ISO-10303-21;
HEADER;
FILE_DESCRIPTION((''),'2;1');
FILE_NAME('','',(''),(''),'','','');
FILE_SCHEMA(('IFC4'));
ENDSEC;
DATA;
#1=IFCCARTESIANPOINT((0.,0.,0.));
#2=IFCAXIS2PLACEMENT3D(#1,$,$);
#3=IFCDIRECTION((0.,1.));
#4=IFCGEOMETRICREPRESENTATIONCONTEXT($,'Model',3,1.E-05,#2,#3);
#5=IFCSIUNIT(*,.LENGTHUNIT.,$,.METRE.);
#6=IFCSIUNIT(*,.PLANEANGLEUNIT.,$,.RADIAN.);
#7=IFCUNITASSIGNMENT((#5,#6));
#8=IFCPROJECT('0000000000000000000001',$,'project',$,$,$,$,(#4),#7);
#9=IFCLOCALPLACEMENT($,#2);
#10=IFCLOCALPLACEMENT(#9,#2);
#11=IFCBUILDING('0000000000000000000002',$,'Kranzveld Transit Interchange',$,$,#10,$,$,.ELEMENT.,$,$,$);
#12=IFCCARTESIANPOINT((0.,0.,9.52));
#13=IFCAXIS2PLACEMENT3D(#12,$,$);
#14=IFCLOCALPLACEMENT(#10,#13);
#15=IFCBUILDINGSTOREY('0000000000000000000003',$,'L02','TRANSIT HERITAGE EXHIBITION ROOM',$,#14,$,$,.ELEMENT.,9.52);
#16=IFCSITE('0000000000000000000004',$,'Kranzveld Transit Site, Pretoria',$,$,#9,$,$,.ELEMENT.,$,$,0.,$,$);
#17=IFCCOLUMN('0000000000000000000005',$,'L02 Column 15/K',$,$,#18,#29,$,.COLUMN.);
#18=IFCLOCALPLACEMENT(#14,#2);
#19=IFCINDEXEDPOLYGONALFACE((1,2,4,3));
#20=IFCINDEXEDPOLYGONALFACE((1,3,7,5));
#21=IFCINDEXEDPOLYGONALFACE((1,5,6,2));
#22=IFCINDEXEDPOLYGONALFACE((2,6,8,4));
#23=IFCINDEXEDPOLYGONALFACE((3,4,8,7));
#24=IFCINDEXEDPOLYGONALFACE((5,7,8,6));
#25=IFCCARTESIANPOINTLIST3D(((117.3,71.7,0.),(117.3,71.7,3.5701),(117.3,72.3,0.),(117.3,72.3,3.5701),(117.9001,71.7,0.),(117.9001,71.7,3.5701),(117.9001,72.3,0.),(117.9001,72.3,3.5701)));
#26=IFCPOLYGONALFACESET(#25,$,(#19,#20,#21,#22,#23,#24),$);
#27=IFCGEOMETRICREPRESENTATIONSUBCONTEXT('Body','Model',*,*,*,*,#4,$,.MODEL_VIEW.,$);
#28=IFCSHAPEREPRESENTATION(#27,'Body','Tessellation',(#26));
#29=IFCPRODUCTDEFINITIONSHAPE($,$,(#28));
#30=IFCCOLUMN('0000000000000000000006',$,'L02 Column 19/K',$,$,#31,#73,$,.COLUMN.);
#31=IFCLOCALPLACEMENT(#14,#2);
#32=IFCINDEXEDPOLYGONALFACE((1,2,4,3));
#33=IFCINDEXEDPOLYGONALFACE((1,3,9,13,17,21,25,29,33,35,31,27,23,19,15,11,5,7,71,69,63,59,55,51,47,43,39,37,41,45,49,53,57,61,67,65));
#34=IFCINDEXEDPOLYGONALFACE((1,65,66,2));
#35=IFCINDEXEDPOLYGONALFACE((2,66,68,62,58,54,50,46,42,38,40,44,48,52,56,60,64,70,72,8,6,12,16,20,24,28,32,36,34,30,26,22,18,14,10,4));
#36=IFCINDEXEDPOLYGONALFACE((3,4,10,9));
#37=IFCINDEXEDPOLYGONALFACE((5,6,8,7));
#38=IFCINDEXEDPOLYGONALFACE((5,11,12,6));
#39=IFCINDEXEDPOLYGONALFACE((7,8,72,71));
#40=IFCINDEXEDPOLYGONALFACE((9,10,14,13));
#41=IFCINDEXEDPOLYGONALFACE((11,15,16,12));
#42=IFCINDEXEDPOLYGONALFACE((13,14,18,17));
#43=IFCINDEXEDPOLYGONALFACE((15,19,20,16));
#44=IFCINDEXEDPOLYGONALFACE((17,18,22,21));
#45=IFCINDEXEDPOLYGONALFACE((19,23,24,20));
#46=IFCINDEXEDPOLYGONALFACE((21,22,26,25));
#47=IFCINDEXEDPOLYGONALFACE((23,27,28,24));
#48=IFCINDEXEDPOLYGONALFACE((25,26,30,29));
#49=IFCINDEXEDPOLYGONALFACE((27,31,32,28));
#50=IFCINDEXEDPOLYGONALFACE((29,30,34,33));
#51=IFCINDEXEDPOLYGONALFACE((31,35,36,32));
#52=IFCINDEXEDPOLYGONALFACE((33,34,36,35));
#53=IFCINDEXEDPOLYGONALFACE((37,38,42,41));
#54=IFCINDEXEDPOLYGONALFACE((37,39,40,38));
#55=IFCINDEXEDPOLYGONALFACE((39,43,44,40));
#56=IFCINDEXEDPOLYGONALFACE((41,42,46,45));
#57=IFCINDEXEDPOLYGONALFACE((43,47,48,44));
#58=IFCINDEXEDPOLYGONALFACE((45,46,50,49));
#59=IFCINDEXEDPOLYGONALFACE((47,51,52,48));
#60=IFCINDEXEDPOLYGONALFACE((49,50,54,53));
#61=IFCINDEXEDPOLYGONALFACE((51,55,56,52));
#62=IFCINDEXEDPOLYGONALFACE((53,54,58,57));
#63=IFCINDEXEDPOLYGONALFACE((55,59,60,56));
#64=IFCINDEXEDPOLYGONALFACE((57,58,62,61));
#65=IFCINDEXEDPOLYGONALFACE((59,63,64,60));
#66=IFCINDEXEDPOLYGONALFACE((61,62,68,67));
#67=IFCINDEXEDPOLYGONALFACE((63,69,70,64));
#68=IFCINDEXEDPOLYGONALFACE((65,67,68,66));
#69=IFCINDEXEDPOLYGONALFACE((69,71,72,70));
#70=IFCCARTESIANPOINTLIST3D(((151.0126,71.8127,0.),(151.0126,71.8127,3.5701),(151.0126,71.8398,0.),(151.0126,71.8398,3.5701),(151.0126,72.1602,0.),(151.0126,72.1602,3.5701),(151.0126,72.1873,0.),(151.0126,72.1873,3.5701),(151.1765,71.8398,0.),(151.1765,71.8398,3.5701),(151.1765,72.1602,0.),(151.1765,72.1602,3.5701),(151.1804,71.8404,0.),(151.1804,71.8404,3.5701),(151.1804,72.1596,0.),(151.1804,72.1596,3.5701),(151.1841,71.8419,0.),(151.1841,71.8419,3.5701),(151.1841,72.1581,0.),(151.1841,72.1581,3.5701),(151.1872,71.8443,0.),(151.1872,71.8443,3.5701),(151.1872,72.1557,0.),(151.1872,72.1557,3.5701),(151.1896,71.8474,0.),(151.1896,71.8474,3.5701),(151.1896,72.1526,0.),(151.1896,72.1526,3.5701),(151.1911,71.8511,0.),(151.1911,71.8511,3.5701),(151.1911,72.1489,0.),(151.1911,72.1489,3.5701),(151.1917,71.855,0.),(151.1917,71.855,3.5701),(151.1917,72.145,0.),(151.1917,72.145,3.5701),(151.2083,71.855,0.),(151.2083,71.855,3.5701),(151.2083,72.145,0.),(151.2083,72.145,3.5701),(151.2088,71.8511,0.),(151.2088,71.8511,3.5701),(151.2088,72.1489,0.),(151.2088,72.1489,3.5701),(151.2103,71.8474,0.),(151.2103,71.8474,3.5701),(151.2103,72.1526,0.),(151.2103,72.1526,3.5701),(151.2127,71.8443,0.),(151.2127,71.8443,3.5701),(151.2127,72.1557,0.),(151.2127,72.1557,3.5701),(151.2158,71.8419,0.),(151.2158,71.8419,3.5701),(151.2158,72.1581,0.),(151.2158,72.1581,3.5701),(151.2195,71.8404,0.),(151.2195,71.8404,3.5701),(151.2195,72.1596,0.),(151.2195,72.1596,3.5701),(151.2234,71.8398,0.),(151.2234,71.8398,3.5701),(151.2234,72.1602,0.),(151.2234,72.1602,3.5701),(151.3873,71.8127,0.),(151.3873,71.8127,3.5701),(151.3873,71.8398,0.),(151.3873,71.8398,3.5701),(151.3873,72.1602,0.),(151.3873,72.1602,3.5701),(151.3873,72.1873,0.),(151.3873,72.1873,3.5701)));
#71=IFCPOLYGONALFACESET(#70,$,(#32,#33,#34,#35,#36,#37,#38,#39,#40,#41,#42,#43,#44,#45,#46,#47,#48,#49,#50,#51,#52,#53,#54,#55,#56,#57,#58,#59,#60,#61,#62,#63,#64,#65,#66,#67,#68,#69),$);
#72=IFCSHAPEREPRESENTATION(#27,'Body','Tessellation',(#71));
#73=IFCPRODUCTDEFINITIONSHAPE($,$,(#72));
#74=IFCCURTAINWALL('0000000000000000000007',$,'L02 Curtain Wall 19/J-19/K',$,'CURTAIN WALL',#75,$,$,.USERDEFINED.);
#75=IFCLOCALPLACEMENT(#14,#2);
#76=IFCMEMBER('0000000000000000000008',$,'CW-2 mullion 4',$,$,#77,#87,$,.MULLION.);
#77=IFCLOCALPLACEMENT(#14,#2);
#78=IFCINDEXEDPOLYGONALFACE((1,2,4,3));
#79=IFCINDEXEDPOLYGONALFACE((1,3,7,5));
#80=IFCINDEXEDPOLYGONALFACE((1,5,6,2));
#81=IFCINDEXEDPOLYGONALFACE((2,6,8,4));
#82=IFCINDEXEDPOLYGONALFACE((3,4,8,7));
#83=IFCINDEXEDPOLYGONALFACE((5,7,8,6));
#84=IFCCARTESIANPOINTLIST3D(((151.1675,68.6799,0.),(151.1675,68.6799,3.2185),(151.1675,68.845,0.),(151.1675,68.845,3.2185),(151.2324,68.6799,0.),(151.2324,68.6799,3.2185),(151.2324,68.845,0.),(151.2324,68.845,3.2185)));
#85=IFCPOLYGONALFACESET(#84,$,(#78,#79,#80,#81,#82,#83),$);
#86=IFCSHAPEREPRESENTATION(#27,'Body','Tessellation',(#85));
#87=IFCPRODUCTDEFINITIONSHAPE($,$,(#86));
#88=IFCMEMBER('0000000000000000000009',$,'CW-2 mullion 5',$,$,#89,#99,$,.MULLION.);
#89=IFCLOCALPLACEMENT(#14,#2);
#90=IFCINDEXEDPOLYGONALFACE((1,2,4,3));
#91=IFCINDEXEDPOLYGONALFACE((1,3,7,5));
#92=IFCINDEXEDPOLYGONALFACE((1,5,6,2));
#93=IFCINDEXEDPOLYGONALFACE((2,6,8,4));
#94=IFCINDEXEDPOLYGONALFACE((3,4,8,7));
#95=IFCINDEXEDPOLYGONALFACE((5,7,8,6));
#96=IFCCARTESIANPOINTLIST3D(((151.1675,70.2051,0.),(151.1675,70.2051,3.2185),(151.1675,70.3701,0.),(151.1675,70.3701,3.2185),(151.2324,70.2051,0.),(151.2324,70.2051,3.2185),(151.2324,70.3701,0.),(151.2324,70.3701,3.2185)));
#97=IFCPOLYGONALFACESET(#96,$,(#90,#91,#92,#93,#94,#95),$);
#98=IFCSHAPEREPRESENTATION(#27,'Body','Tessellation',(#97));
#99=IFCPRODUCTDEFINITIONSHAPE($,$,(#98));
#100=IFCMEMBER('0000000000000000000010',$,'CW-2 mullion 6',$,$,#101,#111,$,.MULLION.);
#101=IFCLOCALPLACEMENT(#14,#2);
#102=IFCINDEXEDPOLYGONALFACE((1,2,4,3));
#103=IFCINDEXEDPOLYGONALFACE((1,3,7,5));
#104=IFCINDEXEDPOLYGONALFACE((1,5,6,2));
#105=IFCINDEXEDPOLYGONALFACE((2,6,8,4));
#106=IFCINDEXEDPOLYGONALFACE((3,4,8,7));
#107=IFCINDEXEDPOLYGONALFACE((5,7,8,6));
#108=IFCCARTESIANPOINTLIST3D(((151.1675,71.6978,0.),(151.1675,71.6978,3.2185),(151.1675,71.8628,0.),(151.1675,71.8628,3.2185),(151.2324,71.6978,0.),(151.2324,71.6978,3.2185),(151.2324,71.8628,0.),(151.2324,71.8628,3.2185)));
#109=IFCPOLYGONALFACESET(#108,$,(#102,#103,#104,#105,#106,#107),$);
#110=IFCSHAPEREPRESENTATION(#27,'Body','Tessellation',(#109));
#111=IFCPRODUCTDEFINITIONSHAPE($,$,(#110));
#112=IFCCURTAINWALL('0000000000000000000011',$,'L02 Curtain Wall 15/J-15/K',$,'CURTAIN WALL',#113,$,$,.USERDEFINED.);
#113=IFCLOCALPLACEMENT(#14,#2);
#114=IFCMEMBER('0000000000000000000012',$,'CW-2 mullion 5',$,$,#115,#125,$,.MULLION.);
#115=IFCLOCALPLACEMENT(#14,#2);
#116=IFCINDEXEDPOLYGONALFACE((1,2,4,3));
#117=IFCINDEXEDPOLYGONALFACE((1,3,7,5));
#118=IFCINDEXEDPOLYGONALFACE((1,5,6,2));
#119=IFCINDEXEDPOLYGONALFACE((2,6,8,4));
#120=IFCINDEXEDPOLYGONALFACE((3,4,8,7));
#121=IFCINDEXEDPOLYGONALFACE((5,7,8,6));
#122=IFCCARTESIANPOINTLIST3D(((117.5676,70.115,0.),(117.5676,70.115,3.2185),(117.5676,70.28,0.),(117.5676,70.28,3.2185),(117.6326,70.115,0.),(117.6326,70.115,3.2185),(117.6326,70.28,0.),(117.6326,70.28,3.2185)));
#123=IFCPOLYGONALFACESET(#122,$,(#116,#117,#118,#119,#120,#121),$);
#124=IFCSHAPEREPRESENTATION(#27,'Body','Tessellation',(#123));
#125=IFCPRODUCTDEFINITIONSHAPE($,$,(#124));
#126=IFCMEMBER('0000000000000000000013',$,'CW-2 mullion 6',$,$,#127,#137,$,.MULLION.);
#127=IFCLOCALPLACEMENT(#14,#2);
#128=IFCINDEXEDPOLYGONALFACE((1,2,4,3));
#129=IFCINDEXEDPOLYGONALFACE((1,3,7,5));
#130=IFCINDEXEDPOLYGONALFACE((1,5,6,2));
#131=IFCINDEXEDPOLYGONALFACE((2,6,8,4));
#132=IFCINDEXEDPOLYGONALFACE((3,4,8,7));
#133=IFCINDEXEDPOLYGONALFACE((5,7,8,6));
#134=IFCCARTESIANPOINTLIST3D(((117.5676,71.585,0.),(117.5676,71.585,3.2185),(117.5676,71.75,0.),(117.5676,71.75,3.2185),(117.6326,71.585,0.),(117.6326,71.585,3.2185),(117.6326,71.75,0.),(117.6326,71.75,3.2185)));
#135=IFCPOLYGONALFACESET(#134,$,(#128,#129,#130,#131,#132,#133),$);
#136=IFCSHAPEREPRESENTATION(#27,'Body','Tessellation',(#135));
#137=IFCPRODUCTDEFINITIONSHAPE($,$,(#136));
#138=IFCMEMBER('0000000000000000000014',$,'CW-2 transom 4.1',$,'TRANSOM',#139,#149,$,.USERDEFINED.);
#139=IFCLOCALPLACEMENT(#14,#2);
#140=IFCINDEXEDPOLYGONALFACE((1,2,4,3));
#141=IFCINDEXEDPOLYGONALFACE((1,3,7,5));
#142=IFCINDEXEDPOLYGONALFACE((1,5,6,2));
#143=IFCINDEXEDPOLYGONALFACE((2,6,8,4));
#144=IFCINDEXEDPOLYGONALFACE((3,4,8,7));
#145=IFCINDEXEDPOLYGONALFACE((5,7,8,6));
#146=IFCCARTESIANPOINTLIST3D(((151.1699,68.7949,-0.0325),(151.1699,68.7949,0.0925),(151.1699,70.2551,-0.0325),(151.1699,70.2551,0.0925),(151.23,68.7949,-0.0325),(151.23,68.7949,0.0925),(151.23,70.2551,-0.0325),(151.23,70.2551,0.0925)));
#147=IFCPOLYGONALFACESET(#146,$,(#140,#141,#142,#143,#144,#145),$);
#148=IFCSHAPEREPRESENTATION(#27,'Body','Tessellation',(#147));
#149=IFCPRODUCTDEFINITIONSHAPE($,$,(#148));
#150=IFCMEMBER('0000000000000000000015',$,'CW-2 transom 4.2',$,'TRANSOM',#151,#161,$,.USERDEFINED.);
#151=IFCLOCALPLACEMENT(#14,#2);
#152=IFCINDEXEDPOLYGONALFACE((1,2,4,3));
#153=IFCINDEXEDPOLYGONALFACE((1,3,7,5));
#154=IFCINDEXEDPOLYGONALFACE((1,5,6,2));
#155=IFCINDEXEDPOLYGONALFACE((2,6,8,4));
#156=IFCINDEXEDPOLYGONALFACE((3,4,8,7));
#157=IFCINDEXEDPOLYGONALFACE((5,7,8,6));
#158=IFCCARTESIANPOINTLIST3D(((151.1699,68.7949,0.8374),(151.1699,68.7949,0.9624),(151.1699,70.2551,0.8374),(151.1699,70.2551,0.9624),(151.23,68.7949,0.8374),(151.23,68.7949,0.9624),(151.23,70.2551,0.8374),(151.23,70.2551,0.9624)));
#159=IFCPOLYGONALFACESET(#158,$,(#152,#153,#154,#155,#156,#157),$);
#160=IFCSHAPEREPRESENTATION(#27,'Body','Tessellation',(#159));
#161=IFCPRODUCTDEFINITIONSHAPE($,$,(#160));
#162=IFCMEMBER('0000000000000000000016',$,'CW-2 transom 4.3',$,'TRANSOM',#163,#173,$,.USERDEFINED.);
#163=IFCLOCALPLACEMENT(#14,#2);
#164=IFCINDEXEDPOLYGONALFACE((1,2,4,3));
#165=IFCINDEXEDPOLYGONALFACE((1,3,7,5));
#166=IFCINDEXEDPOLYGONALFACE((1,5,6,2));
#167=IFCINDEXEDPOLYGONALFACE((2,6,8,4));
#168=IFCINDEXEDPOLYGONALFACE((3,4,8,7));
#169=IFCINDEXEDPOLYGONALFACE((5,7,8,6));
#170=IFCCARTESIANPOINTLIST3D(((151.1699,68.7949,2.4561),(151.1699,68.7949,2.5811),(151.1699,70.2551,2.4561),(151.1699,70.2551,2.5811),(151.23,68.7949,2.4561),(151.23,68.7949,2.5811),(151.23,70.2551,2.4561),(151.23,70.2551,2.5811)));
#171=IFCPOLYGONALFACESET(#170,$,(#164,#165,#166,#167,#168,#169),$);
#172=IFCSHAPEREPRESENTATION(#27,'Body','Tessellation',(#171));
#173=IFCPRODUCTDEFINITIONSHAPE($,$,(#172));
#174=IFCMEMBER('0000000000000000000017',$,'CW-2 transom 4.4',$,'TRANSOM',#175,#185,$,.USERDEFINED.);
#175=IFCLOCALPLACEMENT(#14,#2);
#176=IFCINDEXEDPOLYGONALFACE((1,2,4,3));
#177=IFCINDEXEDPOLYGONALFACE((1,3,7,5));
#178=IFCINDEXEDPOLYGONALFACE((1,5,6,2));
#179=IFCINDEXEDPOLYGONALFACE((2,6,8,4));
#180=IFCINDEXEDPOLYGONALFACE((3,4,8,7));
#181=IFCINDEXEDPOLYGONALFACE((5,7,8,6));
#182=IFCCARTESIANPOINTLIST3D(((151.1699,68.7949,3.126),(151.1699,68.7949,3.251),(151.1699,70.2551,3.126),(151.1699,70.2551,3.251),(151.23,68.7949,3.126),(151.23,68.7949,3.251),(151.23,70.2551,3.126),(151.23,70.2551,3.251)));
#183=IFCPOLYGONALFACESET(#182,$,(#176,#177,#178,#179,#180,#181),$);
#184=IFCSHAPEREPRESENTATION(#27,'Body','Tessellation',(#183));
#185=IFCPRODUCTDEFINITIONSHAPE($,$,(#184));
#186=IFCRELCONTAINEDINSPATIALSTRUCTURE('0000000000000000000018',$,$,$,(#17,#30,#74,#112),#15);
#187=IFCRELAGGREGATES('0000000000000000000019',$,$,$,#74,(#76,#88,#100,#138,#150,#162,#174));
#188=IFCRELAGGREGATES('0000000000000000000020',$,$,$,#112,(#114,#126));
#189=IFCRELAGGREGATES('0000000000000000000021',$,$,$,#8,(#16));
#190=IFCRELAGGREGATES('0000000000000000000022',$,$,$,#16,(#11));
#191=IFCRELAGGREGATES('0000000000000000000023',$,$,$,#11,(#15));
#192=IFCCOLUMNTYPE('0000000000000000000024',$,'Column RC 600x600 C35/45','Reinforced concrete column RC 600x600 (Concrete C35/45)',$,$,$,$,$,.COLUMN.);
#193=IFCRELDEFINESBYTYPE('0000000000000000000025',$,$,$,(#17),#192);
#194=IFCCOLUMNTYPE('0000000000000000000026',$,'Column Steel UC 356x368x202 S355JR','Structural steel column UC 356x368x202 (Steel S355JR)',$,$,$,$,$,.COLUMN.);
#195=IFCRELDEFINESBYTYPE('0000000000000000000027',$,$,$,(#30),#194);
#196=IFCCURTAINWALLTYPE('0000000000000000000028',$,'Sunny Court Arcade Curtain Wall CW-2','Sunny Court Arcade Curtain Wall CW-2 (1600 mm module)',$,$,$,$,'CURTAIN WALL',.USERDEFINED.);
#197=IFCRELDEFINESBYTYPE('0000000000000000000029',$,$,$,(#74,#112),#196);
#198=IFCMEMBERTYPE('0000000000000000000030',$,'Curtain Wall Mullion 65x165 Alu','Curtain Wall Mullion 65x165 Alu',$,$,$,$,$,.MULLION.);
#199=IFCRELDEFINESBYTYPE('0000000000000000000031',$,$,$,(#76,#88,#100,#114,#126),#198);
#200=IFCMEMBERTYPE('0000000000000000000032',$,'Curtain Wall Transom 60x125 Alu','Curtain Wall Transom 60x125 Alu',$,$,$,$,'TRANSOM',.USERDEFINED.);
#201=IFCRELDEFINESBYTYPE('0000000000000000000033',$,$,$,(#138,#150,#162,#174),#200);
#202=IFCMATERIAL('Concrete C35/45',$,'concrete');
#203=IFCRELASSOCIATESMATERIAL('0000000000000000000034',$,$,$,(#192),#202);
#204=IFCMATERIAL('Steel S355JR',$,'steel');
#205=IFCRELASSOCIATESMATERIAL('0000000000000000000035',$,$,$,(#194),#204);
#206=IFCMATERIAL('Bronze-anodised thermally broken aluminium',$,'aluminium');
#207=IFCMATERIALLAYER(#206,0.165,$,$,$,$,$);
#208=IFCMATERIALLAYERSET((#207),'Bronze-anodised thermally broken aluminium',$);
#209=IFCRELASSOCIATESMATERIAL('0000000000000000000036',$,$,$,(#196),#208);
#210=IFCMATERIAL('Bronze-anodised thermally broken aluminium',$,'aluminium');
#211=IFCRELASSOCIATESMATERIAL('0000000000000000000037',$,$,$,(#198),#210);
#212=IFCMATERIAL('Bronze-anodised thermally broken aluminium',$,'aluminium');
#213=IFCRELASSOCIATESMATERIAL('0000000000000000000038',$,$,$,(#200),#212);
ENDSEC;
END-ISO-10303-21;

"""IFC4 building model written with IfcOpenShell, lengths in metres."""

from ifc_helpers import new_model, si_unit, direction, frame, origin, origin_2d, place, context, subcontext, project, spatial, rectangle, i_section, extrude, material, layer, layer_set, material_profile, profile_set, type_object, element, aggregate, save


model = new_model("IFC4")

# Units and contexts
model_context = context("Model", 3, precision=1e-05, world=origin(), true_north=direction((0.0, 1.0)))
body_context = subcontext(model_context, "Body", "Model", "MODEL_VIEW")
ifc_project = project(units=[si_unit("LENGTHUNIT", "METRE"), si_unit("PLANEANGLEUNIT", "RADIAN")], contexts=[model_context])

# Site, building, storey
site_placement = place(None, origin())
site = spatial("IfcSite", under=ifc_project, at=site_placement, Name="Kranzveld Transit Site, Pretoria", CompositionType="ELEMENT", RefElevation=0.0)
building_placement = place(site_placement, origin())
building = spatial("IfcBuilding", under=site, at=building_placement, Name="Kranzveld Transit Interchange", CompositionType="ELEMENT")
storey_placement = place(building_placement, frame((0.0, 0.0, 9.52)))
storey = spatial("IfcBuildingStorey", under=building, at=storey_placement, Name="L02", Description="TRANSIT HERITAGE EXHIBITION ROOM", CompositionType="ELEMENT", Elevation=9.52)

# Columns
ifc_material_1 = material(Name="Concrete C35/45", Category="concrete")
ifc_material_profile_1 = material_profile(ifc_material_1, rectangle(XDim=0.6001, YDim=0.6001, at=origin_2d()), Name="RC 600x600")
ifc_profile_set_1 = profile_set([ifc_material_profile_1], Name="Concrete C35/45")
column_type_1 = type_object("IfcColumnType", Name="Column RC 600x600 C35/45", Description="Reinforced concrete column RC 600x600 (Concrete C35/45)", PredefinedType="COLUMN", material=ifc_profile_set_1)
column_1_placement = place(storey_placement, frame((117.6001, 72.0, 0.0), z_axis=(0.0, 0.0, 1.0), x_axis=(1.0, 0.0, 0.0)))
element("IfcColumn", 1, at=column_1_placement, inside=storey, type_object=column_type_1, Name="L02 Column 15/K", PredefinedType="COLUMN", context=body_context, shape_type="SweptSolid", body=[
    extrude(rectangle(XDim=0.6001, YDim=0.6001, at=origin_2d()), origin(), (0.0, 0.0, 1.0), 3.5701),
])
ifc_material_2 = material(Name="Steel S355JR", Category="steel")
ifc_material_profile_2 = material_profile(ifc_material_2, i_section(OverallWidth=0.3748, OverallDepth=0.3745, WebThickness=0.0166, FlangeThickness=0.0271, FilletRadius=0.0151, at=origin_2d()), Name="UC 356x368x202")
ifc_profile_set_2 = profile_set([ifc_material_profile_2], Name="Steel S355JR")
column_type_2 = type_object("IfcColumnType", Name="Column Steel UC 356x368x202 S355JR", Description="Structural steel column UC 356x368x202 (Steel S355JR)", PredefinedType="COLUMN", material=ifc_profile_set_2)
column_2_placement = place(storey_placement, frame((151.2, 72.0, 0.0), z_axis=(0.0, 0.0, 1.0), x_axis=(1.0, 0.0, 0.0)))
element("IfcColumn", 2, at=column_2_placement, inside=storey, type_object=column_type_2, Name="L02 Column 19/K", PredefinedType="COLUMN", context=body_context, shape_type="SweptSolid", body=[
    extrude(i_section(OverallWidth=0.3748, OverallDepth=0.3745, WebThickness=0.0166, FlangeThickness=0.0271, FilletRadius=0.0151, at=origin_2d()), origin(), (0.0, 0.0, 1.0), 3.5701),
])

# Curtain walls, members
ifc_material_3 = material(Name="Bronze-anodised thermally broken aluminium", Category="aluminium")
ifc_layer_1 = layer(ifc_material_3, 0.165)
ifc_layer_set_1 = layer_set([ifc_layer_1], Name="Bronze-anodised thermally broken aluminium")
curtain_wall_type = type_object("IfcCurtainWallType", Name="Sunny Court Arcade Curtain Wall CW-2", Description="Sunny Court Arcade Curtain Wall CW-2 (1600 mm module)", ElementType="CURTAIN WALL", PredefinedType="USERDEFINED", material=ifc_layer_set_1)
curtain_wall_1_placement = place(storey_placement, origin())
curtain_wall_1 = element("IfcCurtainWall", 3, at=curtain_wall_1_placement, inside=storey, type_object=curtain_wall_type, Name="L02 Curtain Wall 19/J-19/K", ObjectType="CURTAIN WALL", PredefinedType="USERDEFINED")
ifc_material_4 = material(Name="Bronze-anodised thermally broken aluminium", Category="aluminium")
ifc_material_profile_3 = material_profile(ifc_material_4, rectangle(XDim=0.0649, YDim=0.165, at=origin_2d()), Name="ALU MULLION 65x165")
ifc_profile_set_3 = profile_set([ifc_material_profile_3], Name="Bronze-anodised thermally broken aluminium")
member_type_1 = type_object("IfcMemberType", Name="Curtain Wall Mullion 65x165 Alu", Description="Curtain Wall Mullion 65x165 Alu", PredefinedType="MULLION", material=ifc_profile_set_3)
member_1_placement = place(storey_placement, frame((151.2, 68.7625, 0.0), z_axis=(0.0, 0.0, 1.0), x_axis=(-1.0, 0.0, 0.0)))
member_1 = element("IfcMember", 4, at=member_1_placement, type_object=member_type_1, Name="CW-2 mullion 4", PredefinedType="MULLION", context=body_context, shape_type="SweptSolid", body=[
    extrude(rectangle(XDim=0.0649, YDim=0.165, at=origin_2d()), origin(), (0.0, 0.0, 1.0), 3.2185),
])
member_2_placement = place(storey_placement, frame((151.2, 70.2876, 0.0), z_axis=(0.0, 0.0, 1.0), x_axis=(-1.0, 0.0, 0.0)))
member_2 = element("IfcMember", 5, at=member_2_placement, type_object=member_type_1, Name="CW-2 mullion 5", PredefinedType="MULLION", context=body_context, shape_type="SweptSolid", body=[
    extrude(rectangle(XDim=0.0649, YDim=0.165, at=origin_2d()), origin(), (0.0, 0.0, 1.0), 3.2185),
])
member_3_placement = place(storey_placement, frame((151.2, 71.7803, 0.0), z_axis=(0.0, 0.0, 1.0), x_axis=(-1.0, 0.0, 0.0)))
member_3 = element("IfcMember", 6, at=member_3_placement, type_object=member_type_1, Name="CW-2 mullion 6", PredefinedType="MULLION", context=body_context, shape_type="SweptSolid", body=[
    extrude(rectangle(XDim=0.0649, YDim=0.165, at=origin_2d()), origin(), (0.0, 0.0, 1.0), 3.2185),
])
curtain_wall_2_placement = place(storey_placement, origin())
curtain_wall_2 = element("IfcCurtainWall", 7, at=curtain_wall_2_placement, inside=storey, type_object=curtain_wall_type, Name="L02 Curtain Wall 15/J-15/K", ObjectType="CURTAIN WALL", PredefinedType="USERDEFINED")
member_4_placement = place(storey_placement, frame((117.6001, 70.1975, 0.0), z_axis=(0.0, 0.0, 1.0), x_axis=(-1.0, 0.0, 0.0)))
member_4 = element("IfcMember", 8, at=member_4_placement, type_object=member_type_1, Name="CW-2 mullion 5", PredefinedType="MULLION", context=body_context, shape_type="SweptSolid", body=[
    extrude(rectangle(XDim=0.0649, YDim=0.165, at=origin_2d()), origin(), (0.0, 0.0, 1.0), 3.2185),
])
member_5_placement = place(storey_placement, frame((117.6001, 71.6675, 0.0), z_axis=(0.0, 0.0, 1.0), x_axis=(-1.0, 0.0, 0.0)))
member_5 = element("IfcMember", 9, at=member_5_placement, type_object=member_type_1, Name="CW-2 mullion 6", PredefinedType="MULLION", context=body_context, shape_type="SweptSolid", body=[
    extrude(rectangle(XDim=0.0649, YDim=0.165, at=origin_2d()), origin(), (0.0, 0.0, 1.0), 3.2185),
])

# Members
ifc_material_5 = material(Name="Bronze-anodised thermally broken aluminium", Category="aluminium")
ifc_material_profile_4 = material_profile(ifc_material_5, rectangle(XDim=0.0601, YDim=0.125, at=origin_2d()), Name="ALU TRANSOM 60x125")
ifc_profile_set_4 = profile_set([ifc_material_profile_4], Name="Bronze-anodised thermally broken aluminium")
member_type_2 = type_object("IfcMemberType", Name="Curtain Wall Transom 60x125 Alu", Description="Curtain Wall Transom 60x125 Alu", ElementType="TRANSOM", PredefinedType="USERDEFINED", material=ifc_profile_set_4)
member_6_placement = place(storey_placement, frame((151.2, 68.7949, 0.03), z_axis=(0.0, 1.0, 0.0), x_axis=(-1.0, 0.0, 0.0)))
member_6 = element("IfcMember", 10, at=member_6_placement, type_object=member_type_2, Name="CW-2 transom 4.1", ObjectType="TRANSOM", PredefinedType="USERDEFINED", context=body_context, shape_type="SweptSolid", body=[
    extrude(rectangle(XDim=0.0601, YDim=0.125, at=origin_2d()), origin(), (0.0, 0.0, 1.0), 1.4602),
])
member_7_placement = place(storey_placement, frame((151.2, 68.7949, 0.8999), z_axis=(0.0, 1.0, 0.0), x_axis=(-1.0, 0.0, 0.0)))
member_7 = element("IfcMember", 11, at=member_7_placement, type_object=member_type_2, Name="CW-2 transom 4.2", ObjectType="TRANSOM", PredefinedType="USERDEFINED", context=body_context, shape_type="SweptSolid", body=[
    extrude(rectangle(XDim=0.0601, YDim=0.125, at=origin_2d()), origin(), (0.0, 0.0, 1.0), 1.4602),
])
member_8_placement = place(storey_placement, frame((151.2, 68.7949, 2.5186), z_axis=(0.0, 1.0, 0.0), x_axis=(-1.0, 0.0, 0.0)))
member_8 = element("IfcMember", 12, at=member_8_placement, type_object=member_type_2, Name="CW-2 transom 4.3", ObjectType="TRANSOM", PredefinedType="USERDEFINED", context=body_context, shape_type="SweptSolid", body=[
    extrude(rectangle(XDim=0.0601, YDim=0.125, at=origin_2d()), origin(), (0.0, 0.0, 1.0), 1.4602),
])
member_9_placement = place(storey_placement, frame((151.2, 68.7949, 3.1885), z_axis=(0.0, 1.0, 0.0), x_axis=(-1.0, 0.0, 0.0)))
member_9 = element("IfcMember", 13, at=member_9_placement, type_object=member_type_2, Name="CW-2 transom 4.4", ObjectType="TRANSOM", PredefinedType="USERDEFINED", context=body_context, shape_type="SweptSolid", body=[
    extrude(rectangle(XDim=0.0601, YDim=0.125, at=origin_2d()), origin(), (0.0, 0.0, 1.0), 1.4602),
])

aggregate(curtain_wall_1, [member_1, member_2, member_3, member_6, member_7, member_8, member_9])
aggregate(curtain_wall_2, [member_4, member_5])

save(model, "model.ifc")
